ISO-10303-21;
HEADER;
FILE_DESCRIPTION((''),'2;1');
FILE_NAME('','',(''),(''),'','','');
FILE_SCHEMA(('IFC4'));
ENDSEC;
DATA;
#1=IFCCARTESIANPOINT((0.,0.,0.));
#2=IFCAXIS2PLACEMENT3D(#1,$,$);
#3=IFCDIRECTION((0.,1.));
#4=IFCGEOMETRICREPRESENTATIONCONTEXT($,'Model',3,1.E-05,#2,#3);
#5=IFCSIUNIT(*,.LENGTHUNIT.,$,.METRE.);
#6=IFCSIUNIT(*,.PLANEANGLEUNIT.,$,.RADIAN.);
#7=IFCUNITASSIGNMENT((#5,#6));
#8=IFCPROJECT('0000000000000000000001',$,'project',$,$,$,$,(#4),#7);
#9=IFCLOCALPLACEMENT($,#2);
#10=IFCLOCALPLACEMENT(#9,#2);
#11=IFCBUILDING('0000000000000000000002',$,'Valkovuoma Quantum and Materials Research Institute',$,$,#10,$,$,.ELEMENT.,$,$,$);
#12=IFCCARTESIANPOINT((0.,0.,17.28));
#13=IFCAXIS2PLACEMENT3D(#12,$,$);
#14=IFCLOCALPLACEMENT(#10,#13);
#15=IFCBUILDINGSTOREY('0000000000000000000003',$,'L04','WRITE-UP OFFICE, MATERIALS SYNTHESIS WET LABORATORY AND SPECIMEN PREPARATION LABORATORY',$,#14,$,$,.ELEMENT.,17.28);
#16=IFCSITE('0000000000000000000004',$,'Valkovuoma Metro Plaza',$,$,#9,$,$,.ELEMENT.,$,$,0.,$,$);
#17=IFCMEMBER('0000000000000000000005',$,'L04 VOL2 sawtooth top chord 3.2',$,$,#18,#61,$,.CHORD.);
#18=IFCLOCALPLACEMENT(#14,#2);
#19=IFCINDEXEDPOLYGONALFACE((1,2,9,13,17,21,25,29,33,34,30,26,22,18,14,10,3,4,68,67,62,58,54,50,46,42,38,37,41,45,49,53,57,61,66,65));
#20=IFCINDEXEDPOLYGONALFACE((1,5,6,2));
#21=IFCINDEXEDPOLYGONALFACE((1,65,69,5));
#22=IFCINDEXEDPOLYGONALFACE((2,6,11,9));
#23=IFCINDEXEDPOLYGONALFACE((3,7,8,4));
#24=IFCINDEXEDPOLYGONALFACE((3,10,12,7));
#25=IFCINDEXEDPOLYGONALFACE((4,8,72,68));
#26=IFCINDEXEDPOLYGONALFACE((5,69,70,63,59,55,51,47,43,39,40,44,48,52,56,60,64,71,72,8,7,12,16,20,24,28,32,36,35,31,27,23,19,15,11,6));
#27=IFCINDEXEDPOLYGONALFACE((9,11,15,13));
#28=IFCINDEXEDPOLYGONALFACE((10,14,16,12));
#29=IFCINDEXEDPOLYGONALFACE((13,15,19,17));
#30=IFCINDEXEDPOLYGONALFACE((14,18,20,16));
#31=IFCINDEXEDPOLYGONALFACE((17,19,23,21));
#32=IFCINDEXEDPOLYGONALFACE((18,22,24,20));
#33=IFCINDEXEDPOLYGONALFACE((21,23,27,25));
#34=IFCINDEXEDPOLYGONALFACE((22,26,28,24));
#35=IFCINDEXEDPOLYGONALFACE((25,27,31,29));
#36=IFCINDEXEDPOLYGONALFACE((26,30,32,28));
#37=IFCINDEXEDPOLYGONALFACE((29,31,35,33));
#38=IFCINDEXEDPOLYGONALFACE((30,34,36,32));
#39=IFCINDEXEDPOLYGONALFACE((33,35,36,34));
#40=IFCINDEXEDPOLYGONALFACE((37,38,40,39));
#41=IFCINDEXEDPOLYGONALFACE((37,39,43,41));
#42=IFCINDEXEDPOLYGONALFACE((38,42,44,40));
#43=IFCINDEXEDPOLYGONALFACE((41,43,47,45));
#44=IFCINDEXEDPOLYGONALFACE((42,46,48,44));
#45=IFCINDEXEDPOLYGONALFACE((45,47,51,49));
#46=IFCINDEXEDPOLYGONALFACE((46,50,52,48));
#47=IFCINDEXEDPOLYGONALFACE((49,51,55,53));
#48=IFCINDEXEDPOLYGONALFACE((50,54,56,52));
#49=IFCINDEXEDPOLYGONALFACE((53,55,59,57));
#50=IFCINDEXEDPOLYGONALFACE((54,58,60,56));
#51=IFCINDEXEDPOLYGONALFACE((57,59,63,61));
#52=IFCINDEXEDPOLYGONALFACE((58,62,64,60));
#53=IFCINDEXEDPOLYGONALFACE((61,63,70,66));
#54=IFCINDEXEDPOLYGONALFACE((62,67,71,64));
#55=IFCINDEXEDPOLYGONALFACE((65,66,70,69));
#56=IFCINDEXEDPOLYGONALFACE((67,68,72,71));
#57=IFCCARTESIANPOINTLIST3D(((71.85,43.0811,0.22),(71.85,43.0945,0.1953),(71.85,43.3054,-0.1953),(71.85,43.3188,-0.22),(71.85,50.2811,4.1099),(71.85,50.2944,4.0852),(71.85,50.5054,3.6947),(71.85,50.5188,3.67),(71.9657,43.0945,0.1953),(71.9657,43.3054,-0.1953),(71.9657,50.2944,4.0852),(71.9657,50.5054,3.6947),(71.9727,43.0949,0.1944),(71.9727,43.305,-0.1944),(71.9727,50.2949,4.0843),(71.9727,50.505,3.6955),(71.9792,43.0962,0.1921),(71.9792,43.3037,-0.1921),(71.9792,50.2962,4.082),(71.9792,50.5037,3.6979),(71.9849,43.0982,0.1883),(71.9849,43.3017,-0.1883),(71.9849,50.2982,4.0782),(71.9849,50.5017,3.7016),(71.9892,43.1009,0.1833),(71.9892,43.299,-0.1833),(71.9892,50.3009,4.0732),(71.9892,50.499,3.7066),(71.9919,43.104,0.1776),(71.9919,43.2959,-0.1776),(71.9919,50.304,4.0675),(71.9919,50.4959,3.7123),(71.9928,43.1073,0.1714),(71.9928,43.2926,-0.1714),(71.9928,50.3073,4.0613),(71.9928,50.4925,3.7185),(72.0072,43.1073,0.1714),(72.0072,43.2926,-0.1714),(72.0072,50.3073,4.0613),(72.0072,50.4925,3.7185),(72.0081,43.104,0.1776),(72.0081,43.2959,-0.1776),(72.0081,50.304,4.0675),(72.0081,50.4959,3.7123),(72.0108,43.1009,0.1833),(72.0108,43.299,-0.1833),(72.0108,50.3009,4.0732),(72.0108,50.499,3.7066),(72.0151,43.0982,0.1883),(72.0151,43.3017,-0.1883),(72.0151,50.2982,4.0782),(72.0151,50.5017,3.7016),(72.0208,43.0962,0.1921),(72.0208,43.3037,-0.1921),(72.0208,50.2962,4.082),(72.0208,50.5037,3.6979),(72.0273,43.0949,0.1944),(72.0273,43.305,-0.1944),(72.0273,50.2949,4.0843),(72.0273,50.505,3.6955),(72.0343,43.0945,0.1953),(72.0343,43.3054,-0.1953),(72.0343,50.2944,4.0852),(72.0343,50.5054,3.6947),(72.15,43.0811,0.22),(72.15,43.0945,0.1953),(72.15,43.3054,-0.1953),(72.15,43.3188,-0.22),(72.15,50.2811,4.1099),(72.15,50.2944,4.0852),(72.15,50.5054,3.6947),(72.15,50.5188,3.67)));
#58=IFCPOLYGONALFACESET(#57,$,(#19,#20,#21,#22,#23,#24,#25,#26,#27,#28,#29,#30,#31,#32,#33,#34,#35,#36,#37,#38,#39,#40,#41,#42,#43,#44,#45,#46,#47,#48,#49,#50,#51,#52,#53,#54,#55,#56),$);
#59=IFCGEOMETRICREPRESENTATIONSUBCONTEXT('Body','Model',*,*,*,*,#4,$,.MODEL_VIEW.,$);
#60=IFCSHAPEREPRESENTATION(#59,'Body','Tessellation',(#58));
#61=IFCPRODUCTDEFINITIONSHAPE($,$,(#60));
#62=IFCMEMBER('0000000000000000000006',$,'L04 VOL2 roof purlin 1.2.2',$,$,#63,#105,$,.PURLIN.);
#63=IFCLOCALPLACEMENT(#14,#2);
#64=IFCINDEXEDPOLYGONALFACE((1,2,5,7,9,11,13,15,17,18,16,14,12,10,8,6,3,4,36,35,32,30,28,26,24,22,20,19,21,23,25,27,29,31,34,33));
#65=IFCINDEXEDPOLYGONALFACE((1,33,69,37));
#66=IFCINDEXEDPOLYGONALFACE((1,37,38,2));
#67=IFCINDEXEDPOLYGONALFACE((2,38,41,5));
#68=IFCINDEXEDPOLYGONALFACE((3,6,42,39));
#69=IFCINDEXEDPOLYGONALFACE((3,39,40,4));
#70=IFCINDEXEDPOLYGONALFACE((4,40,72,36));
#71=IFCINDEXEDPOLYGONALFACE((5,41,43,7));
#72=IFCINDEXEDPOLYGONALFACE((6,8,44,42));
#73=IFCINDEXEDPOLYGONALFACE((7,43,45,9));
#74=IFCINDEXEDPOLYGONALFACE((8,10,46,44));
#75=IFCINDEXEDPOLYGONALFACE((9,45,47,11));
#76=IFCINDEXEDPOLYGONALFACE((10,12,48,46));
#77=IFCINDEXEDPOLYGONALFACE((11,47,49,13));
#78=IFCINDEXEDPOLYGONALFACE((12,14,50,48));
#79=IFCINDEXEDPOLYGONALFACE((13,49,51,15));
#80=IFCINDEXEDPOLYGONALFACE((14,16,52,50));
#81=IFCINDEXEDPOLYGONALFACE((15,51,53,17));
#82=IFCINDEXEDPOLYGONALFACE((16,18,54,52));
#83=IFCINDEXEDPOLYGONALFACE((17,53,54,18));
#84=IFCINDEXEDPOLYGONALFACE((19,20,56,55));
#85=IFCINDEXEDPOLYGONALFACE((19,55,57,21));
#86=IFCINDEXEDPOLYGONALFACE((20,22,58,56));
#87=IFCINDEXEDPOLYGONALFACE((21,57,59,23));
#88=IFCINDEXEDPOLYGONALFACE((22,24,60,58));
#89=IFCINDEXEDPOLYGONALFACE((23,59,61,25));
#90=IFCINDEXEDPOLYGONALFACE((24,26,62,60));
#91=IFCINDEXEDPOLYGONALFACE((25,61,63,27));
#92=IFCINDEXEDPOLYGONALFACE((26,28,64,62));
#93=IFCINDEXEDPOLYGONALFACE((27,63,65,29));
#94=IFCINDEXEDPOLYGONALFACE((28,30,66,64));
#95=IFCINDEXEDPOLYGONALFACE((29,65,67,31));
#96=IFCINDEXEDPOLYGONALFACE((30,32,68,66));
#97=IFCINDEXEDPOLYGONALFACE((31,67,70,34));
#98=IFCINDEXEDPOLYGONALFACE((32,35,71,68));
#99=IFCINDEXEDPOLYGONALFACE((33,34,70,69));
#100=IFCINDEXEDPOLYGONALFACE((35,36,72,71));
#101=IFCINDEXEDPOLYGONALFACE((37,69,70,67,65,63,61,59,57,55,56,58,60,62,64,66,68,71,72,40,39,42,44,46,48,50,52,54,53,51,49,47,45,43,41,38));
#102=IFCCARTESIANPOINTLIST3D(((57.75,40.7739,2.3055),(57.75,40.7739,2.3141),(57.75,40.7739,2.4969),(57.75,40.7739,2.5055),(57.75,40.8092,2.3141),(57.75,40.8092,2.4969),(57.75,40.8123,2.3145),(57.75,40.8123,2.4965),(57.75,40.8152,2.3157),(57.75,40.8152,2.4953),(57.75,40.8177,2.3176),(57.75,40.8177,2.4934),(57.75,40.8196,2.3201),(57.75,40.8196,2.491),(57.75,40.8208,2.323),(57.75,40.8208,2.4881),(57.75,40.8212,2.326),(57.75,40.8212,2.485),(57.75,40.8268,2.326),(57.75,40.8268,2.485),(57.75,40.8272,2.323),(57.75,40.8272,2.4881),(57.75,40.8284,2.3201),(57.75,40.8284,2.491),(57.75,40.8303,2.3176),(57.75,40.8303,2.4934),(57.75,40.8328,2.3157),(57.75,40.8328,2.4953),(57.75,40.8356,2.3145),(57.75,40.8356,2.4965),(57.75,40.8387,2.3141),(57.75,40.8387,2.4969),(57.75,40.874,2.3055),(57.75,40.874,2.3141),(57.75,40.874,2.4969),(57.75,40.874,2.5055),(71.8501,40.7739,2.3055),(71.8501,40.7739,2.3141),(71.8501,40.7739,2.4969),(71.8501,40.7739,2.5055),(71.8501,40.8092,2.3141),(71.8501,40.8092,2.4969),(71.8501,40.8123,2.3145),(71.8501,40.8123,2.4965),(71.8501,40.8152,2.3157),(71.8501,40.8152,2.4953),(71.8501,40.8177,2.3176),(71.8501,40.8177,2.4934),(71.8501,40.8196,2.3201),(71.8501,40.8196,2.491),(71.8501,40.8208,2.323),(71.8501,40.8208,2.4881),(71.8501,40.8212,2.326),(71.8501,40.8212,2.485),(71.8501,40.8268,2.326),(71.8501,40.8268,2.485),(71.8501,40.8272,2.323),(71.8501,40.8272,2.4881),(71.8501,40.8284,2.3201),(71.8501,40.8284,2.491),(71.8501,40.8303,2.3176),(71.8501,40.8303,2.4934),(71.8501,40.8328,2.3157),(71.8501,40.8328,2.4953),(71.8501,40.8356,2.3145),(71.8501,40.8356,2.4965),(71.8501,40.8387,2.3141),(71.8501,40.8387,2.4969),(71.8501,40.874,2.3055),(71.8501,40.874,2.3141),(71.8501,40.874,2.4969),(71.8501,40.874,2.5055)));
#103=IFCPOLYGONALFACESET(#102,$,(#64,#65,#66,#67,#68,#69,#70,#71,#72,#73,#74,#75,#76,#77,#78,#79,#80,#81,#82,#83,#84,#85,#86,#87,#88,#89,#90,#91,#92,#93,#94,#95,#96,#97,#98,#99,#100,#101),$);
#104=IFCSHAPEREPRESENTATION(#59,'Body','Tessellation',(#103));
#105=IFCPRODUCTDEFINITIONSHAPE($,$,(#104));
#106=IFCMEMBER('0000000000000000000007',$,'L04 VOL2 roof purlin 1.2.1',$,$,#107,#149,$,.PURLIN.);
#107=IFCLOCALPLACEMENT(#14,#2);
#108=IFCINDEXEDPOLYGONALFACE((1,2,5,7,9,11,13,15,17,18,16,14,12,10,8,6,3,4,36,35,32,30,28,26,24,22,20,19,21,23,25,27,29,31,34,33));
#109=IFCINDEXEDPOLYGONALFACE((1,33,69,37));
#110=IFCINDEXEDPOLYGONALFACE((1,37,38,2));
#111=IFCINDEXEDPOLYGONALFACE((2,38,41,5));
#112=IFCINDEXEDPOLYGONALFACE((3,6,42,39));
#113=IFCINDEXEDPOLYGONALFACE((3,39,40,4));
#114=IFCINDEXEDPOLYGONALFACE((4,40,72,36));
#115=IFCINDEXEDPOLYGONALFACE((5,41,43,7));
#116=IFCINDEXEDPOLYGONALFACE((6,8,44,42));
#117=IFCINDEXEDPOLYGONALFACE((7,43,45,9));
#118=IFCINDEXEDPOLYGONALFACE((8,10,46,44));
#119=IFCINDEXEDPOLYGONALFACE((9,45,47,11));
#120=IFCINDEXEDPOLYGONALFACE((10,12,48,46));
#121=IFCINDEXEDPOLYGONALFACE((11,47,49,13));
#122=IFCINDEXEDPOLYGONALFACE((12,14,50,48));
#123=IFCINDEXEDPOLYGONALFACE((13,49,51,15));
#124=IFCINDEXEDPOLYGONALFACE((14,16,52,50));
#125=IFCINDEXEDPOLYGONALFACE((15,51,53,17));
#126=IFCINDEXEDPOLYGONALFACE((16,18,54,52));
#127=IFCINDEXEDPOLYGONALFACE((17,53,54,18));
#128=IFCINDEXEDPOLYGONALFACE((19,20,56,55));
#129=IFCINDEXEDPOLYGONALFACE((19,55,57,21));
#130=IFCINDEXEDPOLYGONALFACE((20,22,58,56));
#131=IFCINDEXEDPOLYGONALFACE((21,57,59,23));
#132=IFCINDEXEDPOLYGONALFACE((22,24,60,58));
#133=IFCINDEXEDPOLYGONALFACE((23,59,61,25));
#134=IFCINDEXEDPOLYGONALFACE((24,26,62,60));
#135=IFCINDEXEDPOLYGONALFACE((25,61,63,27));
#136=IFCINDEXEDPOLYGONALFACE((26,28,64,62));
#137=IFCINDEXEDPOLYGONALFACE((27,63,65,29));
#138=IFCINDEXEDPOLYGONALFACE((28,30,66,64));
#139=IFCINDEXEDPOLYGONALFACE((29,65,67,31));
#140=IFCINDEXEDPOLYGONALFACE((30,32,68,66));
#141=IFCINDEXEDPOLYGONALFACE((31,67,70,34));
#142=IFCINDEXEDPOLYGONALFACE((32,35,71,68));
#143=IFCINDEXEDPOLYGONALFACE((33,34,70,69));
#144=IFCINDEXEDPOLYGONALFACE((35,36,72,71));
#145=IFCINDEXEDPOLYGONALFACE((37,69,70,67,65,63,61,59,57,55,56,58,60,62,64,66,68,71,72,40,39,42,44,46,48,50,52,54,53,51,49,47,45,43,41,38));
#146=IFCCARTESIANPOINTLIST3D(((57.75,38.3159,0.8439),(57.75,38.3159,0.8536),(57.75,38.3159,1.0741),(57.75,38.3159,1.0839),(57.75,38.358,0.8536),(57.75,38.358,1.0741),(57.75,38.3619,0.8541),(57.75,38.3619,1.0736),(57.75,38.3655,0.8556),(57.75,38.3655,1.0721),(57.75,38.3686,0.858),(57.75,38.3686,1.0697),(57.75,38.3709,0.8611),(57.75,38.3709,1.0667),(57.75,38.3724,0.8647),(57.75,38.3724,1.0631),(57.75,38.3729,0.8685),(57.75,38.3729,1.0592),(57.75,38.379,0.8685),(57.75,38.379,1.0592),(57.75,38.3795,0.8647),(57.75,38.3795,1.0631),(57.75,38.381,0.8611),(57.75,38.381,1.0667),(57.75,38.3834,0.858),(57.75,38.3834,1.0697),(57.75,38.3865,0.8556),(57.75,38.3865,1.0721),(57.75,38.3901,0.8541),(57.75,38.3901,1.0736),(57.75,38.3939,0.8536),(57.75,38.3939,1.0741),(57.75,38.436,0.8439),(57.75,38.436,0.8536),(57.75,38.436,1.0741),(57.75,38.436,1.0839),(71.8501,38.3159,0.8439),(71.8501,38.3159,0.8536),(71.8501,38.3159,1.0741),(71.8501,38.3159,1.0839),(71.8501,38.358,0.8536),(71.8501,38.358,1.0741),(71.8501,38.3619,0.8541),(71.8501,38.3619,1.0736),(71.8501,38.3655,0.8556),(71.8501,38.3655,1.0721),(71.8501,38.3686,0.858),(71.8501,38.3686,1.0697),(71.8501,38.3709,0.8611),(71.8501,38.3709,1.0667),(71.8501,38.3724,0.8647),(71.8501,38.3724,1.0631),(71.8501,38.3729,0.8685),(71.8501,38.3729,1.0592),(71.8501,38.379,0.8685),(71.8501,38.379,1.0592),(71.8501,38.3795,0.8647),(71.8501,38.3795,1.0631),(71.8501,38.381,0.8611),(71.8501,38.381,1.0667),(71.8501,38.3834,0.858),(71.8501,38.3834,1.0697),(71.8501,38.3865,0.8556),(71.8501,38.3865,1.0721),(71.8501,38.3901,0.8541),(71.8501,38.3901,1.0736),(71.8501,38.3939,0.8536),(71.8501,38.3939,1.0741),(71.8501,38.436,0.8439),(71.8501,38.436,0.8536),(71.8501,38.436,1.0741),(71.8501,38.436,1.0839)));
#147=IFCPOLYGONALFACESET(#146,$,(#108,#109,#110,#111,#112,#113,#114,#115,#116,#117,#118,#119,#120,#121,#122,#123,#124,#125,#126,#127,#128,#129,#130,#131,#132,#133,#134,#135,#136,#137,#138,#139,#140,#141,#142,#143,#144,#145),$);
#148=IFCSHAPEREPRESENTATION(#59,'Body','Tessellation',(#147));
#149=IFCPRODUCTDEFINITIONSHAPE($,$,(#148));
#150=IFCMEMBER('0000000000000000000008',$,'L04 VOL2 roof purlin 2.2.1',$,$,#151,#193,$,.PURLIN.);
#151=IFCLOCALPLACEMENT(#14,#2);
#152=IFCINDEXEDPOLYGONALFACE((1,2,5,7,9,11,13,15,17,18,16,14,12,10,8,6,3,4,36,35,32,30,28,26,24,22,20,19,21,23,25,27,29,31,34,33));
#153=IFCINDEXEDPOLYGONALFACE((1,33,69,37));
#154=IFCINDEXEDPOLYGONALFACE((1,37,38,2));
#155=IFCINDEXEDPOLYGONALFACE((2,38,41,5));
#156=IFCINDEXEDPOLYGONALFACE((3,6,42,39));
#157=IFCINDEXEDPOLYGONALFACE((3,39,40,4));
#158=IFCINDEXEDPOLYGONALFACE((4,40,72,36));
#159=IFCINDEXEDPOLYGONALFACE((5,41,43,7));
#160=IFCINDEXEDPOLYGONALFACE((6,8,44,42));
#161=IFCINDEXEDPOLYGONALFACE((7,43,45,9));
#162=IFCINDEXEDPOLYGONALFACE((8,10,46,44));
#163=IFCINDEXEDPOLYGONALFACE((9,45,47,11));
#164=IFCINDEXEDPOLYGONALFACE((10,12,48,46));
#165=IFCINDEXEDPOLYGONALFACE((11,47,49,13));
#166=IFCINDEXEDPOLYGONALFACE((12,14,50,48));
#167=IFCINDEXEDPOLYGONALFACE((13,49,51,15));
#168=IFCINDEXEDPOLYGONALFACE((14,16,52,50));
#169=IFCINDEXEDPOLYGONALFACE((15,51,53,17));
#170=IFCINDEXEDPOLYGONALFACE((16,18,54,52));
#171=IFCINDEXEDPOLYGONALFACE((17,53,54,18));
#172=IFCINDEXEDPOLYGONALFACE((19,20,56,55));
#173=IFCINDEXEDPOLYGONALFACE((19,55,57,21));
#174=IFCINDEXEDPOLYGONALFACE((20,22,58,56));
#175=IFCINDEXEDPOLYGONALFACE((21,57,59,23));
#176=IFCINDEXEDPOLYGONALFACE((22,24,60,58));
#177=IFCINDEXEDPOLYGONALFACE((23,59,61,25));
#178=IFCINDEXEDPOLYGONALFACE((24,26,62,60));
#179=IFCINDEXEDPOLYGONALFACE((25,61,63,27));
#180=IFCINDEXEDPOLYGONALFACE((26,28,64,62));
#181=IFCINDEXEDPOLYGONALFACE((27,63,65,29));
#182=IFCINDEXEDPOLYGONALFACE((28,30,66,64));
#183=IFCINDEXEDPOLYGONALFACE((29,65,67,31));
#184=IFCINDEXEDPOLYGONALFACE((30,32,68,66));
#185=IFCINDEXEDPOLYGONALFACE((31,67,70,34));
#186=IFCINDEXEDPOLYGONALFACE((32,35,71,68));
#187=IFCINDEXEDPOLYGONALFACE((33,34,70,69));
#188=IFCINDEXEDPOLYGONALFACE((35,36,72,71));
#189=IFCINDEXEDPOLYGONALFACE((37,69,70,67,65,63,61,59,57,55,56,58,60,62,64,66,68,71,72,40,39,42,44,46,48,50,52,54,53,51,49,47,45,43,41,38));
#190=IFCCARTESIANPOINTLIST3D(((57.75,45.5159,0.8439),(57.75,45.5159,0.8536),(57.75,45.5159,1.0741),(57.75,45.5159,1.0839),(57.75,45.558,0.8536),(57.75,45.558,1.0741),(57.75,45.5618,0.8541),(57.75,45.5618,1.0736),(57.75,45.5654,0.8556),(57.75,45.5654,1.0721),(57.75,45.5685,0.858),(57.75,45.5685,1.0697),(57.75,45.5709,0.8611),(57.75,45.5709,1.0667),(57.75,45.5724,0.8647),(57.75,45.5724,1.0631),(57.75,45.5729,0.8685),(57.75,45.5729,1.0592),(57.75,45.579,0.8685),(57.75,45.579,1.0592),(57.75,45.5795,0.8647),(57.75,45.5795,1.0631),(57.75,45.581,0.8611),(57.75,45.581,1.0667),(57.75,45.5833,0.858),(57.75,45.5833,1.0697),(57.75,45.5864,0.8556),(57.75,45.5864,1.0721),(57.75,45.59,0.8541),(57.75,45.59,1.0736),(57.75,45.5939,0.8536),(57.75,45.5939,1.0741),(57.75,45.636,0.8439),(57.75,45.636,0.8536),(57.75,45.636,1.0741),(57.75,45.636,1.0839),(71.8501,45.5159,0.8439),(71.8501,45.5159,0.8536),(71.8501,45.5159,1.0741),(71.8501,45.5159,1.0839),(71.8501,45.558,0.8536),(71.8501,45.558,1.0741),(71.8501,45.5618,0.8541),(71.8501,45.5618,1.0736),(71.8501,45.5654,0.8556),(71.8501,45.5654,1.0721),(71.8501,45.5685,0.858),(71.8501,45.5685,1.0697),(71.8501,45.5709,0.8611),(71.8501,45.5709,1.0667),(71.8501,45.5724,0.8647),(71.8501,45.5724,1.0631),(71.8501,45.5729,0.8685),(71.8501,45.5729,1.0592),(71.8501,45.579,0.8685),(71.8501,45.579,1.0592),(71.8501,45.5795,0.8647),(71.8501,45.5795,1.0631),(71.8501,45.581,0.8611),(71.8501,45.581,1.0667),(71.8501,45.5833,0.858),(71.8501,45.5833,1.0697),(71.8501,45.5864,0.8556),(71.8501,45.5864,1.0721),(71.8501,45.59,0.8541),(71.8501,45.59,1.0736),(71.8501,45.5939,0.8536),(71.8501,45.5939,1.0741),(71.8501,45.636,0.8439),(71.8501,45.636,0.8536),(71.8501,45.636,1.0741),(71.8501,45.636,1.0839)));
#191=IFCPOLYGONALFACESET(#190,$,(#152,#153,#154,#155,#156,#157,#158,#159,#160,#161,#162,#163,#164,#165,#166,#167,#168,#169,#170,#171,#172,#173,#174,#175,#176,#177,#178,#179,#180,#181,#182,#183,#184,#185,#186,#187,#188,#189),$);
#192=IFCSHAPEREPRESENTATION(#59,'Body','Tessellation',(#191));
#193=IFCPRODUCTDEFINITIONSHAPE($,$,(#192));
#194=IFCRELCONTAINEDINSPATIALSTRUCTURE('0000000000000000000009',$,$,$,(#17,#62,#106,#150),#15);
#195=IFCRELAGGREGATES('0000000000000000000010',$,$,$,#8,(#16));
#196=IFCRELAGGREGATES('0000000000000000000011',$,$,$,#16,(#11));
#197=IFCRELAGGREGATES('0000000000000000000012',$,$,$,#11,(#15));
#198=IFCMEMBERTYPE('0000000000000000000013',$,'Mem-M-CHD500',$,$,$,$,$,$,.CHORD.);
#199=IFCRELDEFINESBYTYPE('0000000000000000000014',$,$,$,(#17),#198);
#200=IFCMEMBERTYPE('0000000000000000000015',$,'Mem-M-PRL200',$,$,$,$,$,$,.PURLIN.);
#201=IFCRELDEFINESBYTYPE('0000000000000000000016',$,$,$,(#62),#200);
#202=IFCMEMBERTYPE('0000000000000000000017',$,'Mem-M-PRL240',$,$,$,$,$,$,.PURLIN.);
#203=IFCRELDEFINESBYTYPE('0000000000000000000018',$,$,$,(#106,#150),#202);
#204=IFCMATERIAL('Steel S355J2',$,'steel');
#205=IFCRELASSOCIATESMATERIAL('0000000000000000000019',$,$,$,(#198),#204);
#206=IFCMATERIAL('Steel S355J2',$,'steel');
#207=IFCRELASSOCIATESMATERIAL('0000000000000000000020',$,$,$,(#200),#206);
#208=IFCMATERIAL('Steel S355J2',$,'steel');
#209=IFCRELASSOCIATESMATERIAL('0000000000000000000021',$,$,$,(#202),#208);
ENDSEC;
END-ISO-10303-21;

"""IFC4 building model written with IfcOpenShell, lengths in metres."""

from ifc_helpers import new_model, si_unit, direction, frame, origin, origin_2d, place, context, subcontext, project, spatial, i_section, extrude, material, material_profile, profile_set, type_object, element, save


model = new_model("IFC4")

# Units and contexts
model_context = context("Model", 3, precision=1e-05, world=origin(), true_north=direction((0.0, 1.0)))
body_context = subcontext(model_context, "Body", "Model", "MODEL_VIEW")
ifc_project = project(units=[si_unit("LENGTHUNIT", "METRE"), si_unit("PLANEANGLEUNIT", "RADIAN")], contexts=[model_context])

# Site, building, storey
site_placement = place(None, origin())
site = spatial("IfcSite", under=ifc_project, at=site_placement, Name="Valkovuoma Metro Plaza", CompositionType="ELEMENT", RefElevation=0.0)
building_placement = place(site_placement, origin())
building = spatial("IfcBuilding", under=site, at=building_placement, Name="Valkovuoma Quantum and Materials Research Institute", CompositionType="ELEMENT")
storey_placement = place(building_placement, frame((0.0, 0.0, 17.28)))
storey = spatial("IfcBuildingStorey", under=building, at=storey_placement, Name="L04", Description="WRITE-UP OFFICE, MATERIALS SYNTHESIS WET LABORATORY AND SPECIMEN PREPARATION LABORATORY", CompositionType="ELEMENT", Elevation=17.28)

# Members
ifc_material_1 = material(Name="Steel S355J2", Category="steel")
ifc_material_profile_1 = material_profile(ifc_material_1, i_section(OverallWidth=0.3, OverallDepth=0.5, WebThickness=0.0144, FlangeThickness=0.0281, FilletRadius=0.0271, at=origin_2d()), Name="Steel S355J2")
ifc_profile_set_1 = profile_set([ifc_material_profile_1], Name="Steel S355J2")
member_type_1 = type_object("IfcMemberType", Name="Mem-M-CHD500", PredefinedType="CHORD", material=ifc_profile_set_1)
for number, where, z_axis, x_axis, name in (
    (1, (72.0, 43.2, 0.0), (0.0, 0.879807, 0.47533), (-1.0, 0.0, 0.0), "L04 VOL2 sawtooth top chord 3.2"),
):
    element("IfcMember", number, at=place(storey_placement, frame(where, z_axis=z_axis, x_axis=x_axis)), inside=storey, type_object=member_type_1, Name=name, PredefinedType="CHORD", context=body_context, shape_type="SweptSolid", body=[
        extrude(i_section(OverallWidth=0.3, OverallDepth=0.5, WebThickness=0.0144, FlangeThickness=0.0281, FilletRadius=0.0271, at=origin_2d()), origin(), (0.0, 0.0, 1.0), 8.1836),
    ])
ifc_material_2 = material(Name="Steel S355J2", Category="steel")
ifc_material_profile_2 = material_profile(ifc_material_2, i_section(OverallWidth=0.1001, OverallDepth=0.2, WebThickness=0.0056, FlangeThickness=0.0085, FilletRadius=0.012, at=origin_2d()), Name="Steel S355J2")
ifc_profile_set_2 = profile_set([ifc_material_profile_2], Name="Steel S355J2")
member_type_2 = type_object("IfcMemberType", Name="Mem-M-PRL200", PredefinedType="PURLIN", material=ifc_profile_set_2)
member_1_placement = place(storey_placement, frame((57.75, 40.824, 2.4055), z_axis=(1.0, 0.0, 0.0), x_axis=(0.0, 1.0, 0.0)))
element("IfcMember", 2, at=member_1_placement, inside=storey, type_object=member_type_2, Name="L04 VOL2 roof purlin 1.2.2", PredefinedType="PURLIN", context=body_context, shape_type="SweptSolid", body=[
    extrude(i_section(OverallWidth=0.1001, OverallDepth=0.2, WebThickness=0.0056, FlangeThickness=0.0085, FilletRadius=0.012, at=origin_2d()), origin(), (0.0, 0.0, 1.0), 14.1001),
])
ifc_material_3 = material(Name="Steel S355J2", Category="steel")
ifc_material_profile_3 = material_profile(ifc_material_3, i_section(OverallWidth=0.1201, OverallDepth=0.24, WebThickness=0.0061, FlangeThickness=0.0098, FilletRadius=0.0149, at=origin_2d()), Name="Steel S355J2")
ifc_profile_set_3 = profile_set([ifc_material_profile_3], Name="Steel S355J2")
member_type_3 = type_object("IfcMemberType", Name="Mem-M-PRL240", PredefinedType="PURLIN", material=ifc_profile_set_3)
for number, where, z_axis, x_axis, name in (
    (3, (57.75, 38.376, 0.9639), (1.0, 0.0, 0.0), (0.0, 1.0, 0.0), "L04 VOL2 roof purlin 1.2.1"),
    (4, (57.75, 45.5759, 0.9639), (1.0, 0.0, 0.0), (0.0, 1.0, 0.0), "L04 VOL2 roof purlin 2.2.1"),
):
    element("IfcMember", number, at=place(storey_placement, frame(where, z_axis=z_axis, x_axis=x_axis)), inside=storey, type_object=member_type_3, Name=name, PredefinedType="PURLIN", context=body_context, shape_type="SweptSolid", body=[
        extrude(i_section(OverallWidth=0.1201, OverallDepth=0.24, WebThickness=0.0061, FlangeThickness=0.0098, FilletRadius=0.0149, at=origin_2d()), origin(), (0.0, 0.0, 1.0), 14.1001),
    ])

save(model, "model.ifc")
